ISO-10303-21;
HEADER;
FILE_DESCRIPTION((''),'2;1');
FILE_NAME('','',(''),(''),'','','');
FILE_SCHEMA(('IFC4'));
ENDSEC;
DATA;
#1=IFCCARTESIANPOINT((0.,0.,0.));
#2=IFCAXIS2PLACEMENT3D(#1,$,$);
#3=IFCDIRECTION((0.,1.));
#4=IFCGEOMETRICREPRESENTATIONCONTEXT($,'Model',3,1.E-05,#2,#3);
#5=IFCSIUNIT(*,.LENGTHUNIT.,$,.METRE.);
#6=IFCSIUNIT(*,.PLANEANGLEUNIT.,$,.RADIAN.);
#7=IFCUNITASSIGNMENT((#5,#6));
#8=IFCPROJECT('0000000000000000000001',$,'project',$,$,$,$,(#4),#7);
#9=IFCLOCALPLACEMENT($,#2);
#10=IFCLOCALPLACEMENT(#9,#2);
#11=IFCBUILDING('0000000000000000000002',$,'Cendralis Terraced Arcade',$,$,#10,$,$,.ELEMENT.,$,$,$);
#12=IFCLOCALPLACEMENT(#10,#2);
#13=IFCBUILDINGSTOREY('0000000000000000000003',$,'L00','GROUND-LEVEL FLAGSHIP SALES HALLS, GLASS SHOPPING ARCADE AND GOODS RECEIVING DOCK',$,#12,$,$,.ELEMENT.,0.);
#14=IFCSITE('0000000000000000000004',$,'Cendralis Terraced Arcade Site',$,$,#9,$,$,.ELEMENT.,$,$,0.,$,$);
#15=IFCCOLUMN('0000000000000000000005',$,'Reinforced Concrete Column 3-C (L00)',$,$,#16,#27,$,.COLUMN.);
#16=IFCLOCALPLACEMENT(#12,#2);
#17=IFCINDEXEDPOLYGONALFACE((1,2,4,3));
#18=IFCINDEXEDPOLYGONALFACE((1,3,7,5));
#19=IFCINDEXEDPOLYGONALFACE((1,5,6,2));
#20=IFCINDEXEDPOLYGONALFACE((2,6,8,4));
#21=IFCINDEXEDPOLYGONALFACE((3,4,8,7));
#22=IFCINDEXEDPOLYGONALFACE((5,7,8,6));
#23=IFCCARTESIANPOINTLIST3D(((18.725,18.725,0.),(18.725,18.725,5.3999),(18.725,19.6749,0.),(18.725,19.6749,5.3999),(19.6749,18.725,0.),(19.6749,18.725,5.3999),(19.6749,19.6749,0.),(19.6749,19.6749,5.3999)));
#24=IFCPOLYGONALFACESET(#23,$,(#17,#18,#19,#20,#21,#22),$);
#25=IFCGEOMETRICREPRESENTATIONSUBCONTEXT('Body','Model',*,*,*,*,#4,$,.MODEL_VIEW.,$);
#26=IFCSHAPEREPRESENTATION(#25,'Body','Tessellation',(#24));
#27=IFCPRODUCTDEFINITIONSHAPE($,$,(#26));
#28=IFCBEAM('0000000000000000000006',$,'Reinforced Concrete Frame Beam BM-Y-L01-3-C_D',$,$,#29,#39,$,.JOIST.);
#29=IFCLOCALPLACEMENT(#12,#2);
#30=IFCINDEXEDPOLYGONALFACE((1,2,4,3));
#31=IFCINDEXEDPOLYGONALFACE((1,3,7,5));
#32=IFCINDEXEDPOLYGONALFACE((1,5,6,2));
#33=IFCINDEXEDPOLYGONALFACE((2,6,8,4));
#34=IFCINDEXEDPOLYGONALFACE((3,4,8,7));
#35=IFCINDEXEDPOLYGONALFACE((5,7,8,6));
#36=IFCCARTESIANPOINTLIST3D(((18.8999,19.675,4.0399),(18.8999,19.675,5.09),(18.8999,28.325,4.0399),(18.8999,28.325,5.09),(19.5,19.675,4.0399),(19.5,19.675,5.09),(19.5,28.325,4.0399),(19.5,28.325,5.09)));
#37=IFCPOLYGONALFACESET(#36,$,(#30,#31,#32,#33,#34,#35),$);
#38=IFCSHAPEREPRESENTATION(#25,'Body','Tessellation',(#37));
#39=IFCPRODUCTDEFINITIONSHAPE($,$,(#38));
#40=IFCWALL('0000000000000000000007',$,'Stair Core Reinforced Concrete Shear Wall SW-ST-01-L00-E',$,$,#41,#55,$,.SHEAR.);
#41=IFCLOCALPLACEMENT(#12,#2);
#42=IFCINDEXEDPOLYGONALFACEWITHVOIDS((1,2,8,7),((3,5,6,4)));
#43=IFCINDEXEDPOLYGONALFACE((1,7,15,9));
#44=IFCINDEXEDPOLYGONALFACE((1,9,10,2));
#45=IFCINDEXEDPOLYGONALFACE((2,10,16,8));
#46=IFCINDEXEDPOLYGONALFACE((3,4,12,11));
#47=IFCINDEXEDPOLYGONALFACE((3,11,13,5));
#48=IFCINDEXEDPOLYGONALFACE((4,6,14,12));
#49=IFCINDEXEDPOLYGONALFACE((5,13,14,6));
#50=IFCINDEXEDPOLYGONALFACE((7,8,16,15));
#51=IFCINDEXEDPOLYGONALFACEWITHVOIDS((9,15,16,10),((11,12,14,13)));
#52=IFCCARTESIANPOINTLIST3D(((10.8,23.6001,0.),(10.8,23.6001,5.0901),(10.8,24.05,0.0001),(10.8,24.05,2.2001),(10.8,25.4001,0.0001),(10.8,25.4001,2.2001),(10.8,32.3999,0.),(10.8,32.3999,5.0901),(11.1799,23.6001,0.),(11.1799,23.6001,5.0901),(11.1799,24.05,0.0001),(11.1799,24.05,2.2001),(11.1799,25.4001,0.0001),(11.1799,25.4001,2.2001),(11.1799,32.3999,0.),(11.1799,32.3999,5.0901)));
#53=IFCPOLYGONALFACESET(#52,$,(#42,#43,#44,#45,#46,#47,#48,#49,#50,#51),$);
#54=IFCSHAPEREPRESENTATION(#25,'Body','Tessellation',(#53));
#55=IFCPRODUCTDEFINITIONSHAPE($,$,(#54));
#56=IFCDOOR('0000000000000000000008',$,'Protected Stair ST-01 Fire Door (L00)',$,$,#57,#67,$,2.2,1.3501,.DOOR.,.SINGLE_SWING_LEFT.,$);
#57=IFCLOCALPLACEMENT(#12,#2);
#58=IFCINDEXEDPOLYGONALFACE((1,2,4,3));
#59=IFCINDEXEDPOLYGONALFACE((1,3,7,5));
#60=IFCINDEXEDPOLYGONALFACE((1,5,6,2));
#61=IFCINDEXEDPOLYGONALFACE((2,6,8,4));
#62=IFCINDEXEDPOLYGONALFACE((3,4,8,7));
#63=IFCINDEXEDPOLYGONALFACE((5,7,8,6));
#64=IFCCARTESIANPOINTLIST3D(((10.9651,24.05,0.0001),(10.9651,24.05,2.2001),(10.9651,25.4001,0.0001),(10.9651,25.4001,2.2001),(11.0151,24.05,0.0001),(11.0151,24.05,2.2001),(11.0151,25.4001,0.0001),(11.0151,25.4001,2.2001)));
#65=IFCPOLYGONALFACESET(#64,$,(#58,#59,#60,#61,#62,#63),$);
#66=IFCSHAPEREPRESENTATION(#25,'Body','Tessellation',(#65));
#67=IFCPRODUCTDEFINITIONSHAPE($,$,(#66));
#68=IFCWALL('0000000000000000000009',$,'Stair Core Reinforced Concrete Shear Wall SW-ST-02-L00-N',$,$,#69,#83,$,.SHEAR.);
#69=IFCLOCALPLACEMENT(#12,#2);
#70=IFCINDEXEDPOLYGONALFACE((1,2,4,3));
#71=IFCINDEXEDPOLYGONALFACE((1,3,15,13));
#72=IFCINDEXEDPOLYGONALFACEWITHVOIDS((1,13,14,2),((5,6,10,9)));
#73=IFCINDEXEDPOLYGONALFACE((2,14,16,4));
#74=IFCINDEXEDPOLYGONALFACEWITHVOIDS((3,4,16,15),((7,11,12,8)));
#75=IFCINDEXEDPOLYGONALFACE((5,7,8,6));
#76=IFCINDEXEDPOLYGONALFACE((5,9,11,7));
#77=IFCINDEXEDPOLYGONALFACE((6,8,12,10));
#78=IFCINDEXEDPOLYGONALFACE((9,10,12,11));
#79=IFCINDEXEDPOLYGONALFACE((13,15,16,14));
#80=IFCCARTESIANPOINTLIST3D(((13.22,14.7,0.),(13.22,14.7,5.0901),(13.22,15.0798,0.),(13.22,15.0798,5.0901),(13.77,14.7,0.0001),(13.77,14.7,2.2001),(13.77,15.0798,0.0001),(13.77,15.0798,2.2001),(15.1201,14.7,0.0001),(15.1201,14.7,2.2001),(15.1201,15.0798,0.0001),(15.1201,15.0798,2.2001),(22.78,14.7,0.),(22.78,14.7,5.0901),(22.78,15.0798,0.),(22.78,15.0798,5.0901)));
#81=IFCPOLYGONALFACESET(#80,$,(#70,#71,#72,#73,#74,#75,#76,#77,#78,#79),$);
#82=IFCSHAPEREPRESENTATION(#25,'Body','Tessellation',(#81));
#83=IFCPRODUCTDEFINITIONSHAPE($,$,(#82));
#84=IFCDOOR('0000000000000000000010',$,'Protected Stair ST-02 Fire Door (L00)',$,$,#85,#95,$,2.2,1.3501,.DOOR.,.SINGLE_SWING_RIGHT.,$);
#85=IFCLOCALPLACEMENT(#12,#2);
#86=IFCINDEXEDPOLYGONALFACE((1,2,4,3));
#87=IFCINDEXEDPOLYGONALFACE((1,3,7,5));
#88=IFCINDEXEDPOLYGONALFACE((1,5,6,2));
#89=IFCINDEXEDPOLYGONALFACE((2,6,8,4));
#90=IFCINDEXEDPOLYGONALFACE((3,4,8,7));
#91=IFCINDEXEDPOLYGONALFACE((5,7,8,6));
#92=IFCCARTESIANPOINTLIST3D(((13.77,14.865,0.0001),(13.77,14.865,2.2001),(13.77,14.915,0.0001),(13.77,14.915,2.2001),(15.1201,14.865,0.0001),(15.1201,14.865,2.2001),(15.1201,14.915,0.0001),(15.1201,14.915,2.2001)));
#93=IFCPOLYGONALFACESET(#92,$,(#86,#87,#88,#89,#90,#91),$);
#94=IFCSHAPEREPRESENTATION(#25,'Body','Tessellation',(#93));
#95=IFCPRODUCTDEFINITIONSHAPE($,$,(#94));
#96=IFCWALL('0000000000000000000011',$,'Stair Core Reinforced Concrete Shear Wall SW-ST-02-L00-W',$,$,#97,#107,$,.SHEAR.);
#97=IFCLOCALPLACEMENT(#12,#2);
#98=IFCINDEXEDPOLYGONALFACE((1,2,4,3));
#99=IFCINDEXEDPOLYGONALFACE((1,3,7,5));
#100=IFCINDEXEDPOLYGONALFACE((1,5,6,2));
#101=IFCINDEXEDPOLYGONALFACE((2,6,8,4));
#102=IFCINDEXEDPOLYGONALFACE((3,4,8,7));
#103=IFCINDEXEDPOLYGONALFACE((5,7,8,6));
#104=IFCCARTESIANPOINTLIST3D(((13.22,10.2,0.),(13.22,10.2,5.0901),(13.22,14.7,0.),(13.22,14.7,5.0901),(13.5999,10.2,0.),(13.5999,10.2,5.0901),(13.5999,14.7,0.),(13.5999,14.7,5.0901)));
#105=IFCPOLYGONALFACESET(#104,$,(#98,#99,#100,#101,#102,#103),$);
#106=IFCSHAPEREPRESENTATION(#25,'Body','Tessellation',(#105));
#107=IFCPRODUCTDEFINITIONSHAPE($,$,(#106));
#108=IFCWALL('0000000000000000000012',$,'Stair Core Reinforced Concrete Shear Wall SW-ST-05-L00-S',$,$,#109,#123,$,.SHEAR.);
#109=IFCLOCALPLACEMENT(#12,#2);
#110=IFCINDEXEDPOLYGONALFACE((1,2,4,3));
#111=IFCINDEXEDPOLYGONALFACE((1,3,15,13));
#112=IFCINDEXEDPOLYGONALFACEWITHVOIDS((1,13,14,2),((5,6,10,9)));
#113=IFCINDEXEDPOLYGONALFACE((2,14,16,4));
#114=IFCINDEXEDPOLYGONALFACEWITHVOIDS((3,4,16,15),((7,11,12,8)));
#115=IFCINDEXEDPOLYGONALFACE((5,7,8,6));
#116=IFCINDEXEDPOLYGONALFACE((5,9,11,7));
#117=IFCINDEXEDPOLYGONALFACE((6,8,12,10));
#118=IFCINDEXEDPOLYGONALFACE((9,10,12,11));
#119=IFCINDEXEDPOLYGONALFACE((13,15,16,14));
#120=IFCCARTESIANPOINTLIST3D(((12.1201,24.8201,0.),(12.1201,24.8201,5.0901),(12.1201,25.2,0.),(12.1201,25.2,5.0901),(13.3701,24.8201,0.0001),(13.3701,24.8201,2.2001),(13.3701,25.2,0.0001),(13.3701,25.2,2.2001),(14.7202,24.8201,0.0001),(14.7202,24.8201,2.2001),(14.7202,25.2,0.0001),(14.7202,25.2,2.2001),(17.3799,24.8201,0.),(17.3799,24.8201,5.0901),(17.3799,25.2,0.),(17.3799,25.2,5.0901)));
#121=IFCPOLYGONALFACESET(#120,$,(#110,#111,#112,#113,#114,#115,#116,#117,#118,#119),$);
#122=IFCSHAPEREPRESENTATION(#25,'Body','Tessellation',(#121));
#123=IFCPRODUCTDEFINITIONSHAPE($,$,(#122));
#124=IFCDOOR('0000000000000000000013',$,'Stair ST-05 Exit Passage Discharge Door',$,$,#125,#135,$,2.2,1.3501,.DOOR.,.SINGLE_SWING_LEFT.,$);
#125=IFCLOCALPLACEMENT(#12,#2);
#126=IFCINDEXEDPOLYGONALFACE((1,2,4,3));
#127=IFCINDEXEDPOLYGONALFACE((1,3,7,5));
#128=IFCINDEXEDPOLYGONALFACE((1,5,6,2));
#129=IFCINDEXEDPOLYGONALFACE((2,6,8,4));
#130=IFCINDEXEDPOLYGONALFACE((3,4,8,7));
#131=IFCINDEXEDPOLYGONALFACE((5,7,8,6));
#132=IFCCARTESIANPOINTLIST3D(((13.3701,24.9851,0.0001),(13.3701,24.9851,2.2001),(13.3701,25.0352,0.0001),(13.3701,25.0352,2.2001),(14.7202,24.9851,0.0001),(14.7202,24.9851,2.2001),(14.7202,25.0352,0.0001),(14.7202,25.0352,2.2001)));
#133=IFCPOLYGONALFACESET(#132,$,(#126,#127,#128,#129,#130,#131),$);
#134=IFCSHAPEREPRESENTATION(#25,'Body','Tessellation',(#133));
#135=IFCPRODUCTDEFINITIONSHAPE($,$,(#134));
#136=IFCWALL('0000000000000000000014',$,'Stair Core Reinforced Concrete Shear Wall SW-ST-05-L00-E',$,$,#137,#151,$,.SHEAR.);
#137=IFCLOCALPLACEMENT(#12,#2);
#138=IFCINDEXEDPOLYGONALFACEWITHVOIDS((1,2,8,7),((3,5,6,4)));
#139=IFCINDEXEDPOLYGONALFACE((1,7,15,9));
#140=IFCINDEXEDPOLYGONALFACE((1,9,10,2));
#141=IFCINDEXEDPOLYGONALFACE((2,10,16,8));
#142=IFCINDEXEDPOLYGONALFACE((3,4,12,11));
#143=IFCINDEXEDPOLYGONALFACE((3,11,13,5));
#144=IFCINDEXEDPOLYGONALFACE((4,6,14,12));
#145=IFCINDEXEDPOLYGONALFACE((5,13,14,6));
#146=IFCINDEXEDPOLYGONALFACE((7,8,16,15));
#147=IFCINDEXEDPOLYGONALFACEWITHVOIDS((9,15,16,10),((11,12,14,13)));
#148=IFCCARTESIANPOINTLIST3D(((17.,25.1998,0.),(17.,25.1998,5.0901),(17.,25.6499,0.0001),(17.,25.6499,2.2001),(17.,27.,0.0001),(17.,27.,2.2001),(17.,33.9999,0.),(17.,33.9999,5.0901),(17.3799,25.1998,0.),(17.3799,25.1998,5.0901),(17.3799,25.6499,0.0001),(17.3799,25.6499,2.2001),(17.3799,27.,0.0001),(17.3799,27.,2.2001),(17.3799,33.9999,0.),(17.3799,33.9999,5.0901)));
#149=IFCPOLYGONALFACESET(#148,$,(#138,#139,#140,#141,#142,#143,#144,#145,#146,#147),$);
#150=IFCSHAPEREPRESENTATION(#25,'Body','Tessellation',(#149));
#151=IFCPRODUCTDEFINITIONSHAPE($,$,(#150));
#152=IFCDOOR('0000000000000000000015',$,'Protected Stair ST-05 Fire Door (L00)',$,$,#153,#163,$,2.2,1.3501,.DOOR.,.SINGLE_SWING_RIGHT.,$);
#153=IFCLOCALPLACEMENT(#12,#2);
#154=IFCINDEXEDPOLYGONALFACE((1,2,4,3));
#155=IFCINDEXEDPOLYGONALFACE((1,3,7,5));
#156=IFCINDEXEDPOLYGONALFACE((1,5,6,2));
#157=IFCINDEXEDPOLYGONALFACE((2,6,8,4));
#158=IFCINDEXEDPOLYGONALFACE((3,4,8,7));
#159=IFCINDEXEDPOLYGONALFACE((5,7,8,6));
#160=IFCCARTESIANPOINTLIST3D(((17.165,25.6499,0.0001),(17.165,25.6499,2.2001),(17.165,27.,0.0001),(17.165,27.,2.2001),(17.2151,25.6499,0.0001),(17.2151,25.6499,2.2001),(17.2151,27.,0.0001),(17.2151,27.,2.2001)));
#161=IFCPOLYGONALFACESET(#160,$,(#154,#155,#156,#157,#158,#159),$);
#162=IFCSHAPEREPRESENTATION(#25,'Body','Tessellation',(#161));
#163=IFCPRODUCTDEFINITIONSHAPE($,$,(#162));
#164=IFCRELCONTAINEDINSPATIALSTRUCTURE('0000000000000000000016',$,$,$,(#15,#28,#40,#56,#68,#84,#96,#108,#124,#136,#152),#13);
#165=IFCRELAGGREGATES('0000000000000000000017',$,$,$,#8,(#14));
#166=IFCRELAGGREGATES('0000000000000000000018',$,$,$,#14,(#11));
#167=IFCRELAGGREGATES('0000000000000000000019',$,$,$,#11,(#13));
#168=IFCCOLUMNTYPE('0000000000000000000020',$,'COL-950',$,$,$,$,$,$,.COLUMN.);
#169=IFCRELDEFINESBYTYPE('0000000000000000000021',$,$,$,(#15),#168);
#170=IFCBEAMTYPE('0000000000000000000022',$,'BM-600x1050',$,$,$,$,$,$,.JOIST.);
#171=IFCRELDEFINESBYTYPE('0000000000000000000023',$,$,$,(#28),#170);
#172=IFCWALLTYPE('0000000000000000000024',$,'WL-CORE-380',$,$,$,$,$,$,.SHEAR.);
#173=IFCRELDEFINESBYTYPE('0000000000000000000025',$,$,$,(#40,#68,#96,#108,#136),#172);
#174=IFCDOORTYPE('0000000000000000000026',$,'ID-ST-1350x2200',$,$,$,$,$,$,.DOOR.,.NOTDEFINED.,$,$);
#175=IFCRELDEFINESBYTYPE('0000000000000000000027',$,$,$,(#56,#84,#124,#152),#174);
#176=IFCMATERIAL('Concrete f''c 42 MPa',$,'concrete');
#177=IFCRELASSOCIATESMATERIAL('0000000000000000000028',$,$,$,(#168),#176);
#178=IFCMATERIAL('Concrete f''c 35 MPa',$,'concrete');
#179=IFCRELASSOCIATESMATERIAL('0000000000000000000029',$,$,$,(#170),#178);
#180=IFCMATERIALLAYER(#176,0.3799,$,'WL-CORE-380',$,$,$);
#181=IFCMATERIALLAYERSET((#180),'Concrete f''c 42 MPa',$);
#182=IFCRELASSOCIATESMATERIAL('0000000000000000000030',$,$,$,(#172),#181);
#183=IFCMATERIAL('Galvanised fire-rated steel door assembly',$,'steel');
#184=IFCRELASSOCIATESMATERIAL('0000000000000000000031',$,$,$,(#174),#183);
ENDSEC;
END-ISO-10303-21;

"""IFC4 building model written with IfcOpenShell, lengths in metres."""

from ifc_helpers import new_model, si_unit, direction, frame, frame_2d, origin, origin_2d, place, context, subcontext, project, spatial, rectangle, extrude, material, layer, layer_set, material_profile, profile_set, type_object, element, fill, save


model = new_model("IFC4")

# Units and contexts
model_context = context("Model", 3, precision=1e-05, world=origin(), true_north=direction((0.0, 1.0)))
body_context = subcontext(model_context, "Body", "Model", "MODEL_VIEW")
ifc_project = project(units=[si_unit("LENGTHUNIT", "METRE"), si_unit("PLANEANGLEUNIT", "RADIAN")], contexts=[model_context])

# Site, building, storey
site_placement = place(None, origin())
site = spatial("IfcSite", under=ifc_project, at=site_placement, Name="Cendralis Terraced Arcade Site", CompositionType="ELEMENT", RefElevation=0.0)
building_placement = place(site_placement, origin())
building = spatial("IfcBuilding", under=site, at=building_placement, Name="Cendralis Terraced Arcade", CompositionType="ELEMENT")
storey_placement = place(building_placement, origin())
storey = spatial("IfcBuildingStorey", under=building, at=storey_placement, Name="L00", Description="GROUND-LEVEL FLAGSHIP SALES HALLS, GLASS SHOPPING ARCADE AND GOODS RECEIVING DOCK", CompositionType="ELEMENT", Elevation=0.0)

# Column
ifc_material_1 = material(Name="Concrete f'c 42 MPa", Category="concrete")
ifc_material_profile_1 = material_profile(ifc_material_1, rectangle(XDim=0.95, YDim=0.95, at=origin_2d()), Name="RC-COL-950x950", Category="LoadBearing")
ifc_profile_set_1 = profile_set([ifc_material_profile_1], Name="Concrete f'c 42 MPa")
column_type = type_object("IfcColumnType", Name="COL-950", PredefinedType="COLUMN", material=ifc_profile_set_1)
column_placement = place(storey_placement, frame((19.2, 19.2, 0.0), z_axis=(0.0, 0.0, 1.0), x_axis=(1.0, 0.0, 0.0)))
element("IfcColumn", 1, at=column_placement, inside=storey, type_object=column_type, Name="Reinforced Concrete Column 3-C (L00)", PredefinedType="COLUMN", context=body_context, shape_type="SweptSolid", body=[
    extrude(rectangle(XDim=0.95, YDim=0.95, at=origin_2d()), origin(), (0.0, 0.0, 1.0), 5.3999),
])

# Beam
ifc_material_2 = material(Name="Concrete f'c 35 MPa", Category="concrete")
ifc_material_profile_2 = material_profile(ifc_material_2, rectangle(XDim=0.6001, YDim=1.05, at=origin_2d()), Name="RC-BM-600x1050", Category="LoadBearing")
ifc_profile_set_2 = profile_set([ifc_material_profile_2], Name="Concrete f'c 35 MPa")
beam_type = type_object("IfcBeamType", Name="BM-600x1050", PredefinedType="JOIST", material=ifc_profile_set_2)
beam_placement = place(storey_placement, frame((19.2, 19.675, 4.5649), z_axis=(0.0, 1.0, 0.0), x_axis=(-1.0, 0.0, 0.0)))
element("IfcBeam", 2, at=beam_placement, inside=storey, type_object=beam_type, Name="Reinforced Concrete Frame Beam BM-Y-L01-3-C_D", PredefinedType="JOIST", context=body_context, shape_type="SweptSolid", body=[
    extrude(rectangle(XDim=0.6001, YDim=1.05, at=origin_2d()), origin(), (0.0, 0.0, 1.0), 8.6499),
])

# Walls, openings, doors
ifc_layer_1 = layer(ifc_material_1, 0.3799, Name="WL-CORE-380")
ifc_layer_set_1 = layer_set([ifc_layer_1], Name="Concrete f'c 42 MPa")
wall_type_1 = type_object("IfcWallType", Name="WL-CORE-380", PredefinedType="SHEAR", material=ifc_layer_set_1)
wall_1_placement = place(storey_placement, frame((10.99, 23.6001, 0.0), z_axis=(0.0, 0.0, 1.0), x_axis=(0.0, 1.0, 0.0)))
wall_1 = element("IfcWall", 3, at=wall_1_placement, inside=storey, type_object=wall_type_1, Name="Stair Core Reinforced Concrete Shear Wall SW-ST-01-L00-E", PredefinedType="SHEAR", context=body_context, shape_type="SweptSolid", body=[
    extrude(rectangle(XDim=8.7998, YDim=0.3799, at=frame_2d((4.3999, 0.0))), origin(), (0.0, 0.0, 1.0), 5.0901),
])
opening_1_placement = place(wall_1_placement, frame((0.45, 0.0, 0.0)))
opening_1 = element("IfcOpeningElement", 4, at=opening_1_placement, cuts=wall_1, PredefinedType="OPENING", context=body_context, shape_type="SweptSolid", body=[
    extrude(rectangle(XDim=1.3501, YDim=2.2, at=frame_2d((0.675, 1.1001))), frame((0.0, 0.2019, 0.0), z_axis=(0.0, -1.0, 0.0), x_axis=(1.0, 0.0, 0.0)), (0.0, 0.0, 1.0), 0.4038),
])
ifc_material_3 = material(Name="Galvanised fire-rated steel door assembly", Category="steel")
door_type_1 = type_object("IfcDoorType", Name="ID-ST-1350x2200", OperationType="NOTDEFINED", PredefinedType="DOOR", material=ifc_material_3)
door_1_placement = place(opening_1_placement, origin())
door_1 = element("IfcDoor", 5, at=door_1_placement, inside=storey, type_object=door_type_1, Name="Protected Stair ST-01 Fire Door (L00)", OperationType="SINGLE_SWING_LEFT", OverallHeight=2.2, OverallWidth=1.3501, PredefinedType="DOOR", context=body_context, shape_type="SweptSolid", body=[
    extrude(rectangle(XDim=1.3501, YDim=2.2, at=frame_2d((0.675, 1.1001))), frame((0.0, 0.0249, 0.0), z_axis=(0.0, -1.0, 0.0), x_axis=(1.0, 0.0, 0.0)), (0.0, 0.0, 1.0), 0.05),
])
fill(opening_1, door_1)
wall_2_placement = place(storey_placement, frame((13.22, 14.8899, 0.0), z_axis=(0.0, 0.0, 1.0), x_axis=(1.0, 0.0, 0.0)))
wall_2 = element("IfcWall", 6, at=wall_2_placement, inside=storey, type_object=wall_type_1, Name="Stair Core Reinforced Concrete Shear Wall SW-ST-02-L00-N", PredefinedType="SHEAR", context=body_context, shape_type="SweptSolid", body=[
    extrude(rectangle(XDim=9.5601, YDim=0.3799, at=frame_2d((4.78, 0.0))), origin(), (0.0, 0.0, 1.0), 5.0901),
])
opening_2_placement = place(wall_2_placement, frame((0.55, 0.0, 0.0)))
opening_2 = element("IfcOpeningElement", 7, at=opening_2_placement, cuts=wall_2, PredefinedType="OPENING", context=body_context, shape_type="SweptSolid", body=[
    extrude(rectangle(XDim=1.3501, YDim=2.2, at=frame_2d((0.675, 1.1001))), frame((0.0, 0.2019, 0.0), z_axis=(0.0, -1.0, 0.0), x_axis=(1.0, 0.0, 0.0)), (0.0, 0.0, 1.0), 0.4038),
])
door_2_placement = place(opening_2_placement, frame((1.3501, 0.0, 0.0), z_axis=(0.0, 0.0, 1.0), x_axis=(-1.0, 0.0, 0.0)))
door_2 = element("IfcDoor", 8, at=door_2_placement, inside=storey, type_object=door_type_1, Name="Protected Stair ST-02 Fire Door (L00)", OperationType="SINGLE_SWING_RIGHT", OverallHeight=2.2, OverallWidth=1.3501, PredefinedType="DOOR", context=body_context, shape_type="SweptSolid", body=[
    extrude(rectangle(XDim=1.3501, YDim=2.2, at=frame_2d((0.675, 1.1001))), frame((0.0, 0.0249, 0.0), z_axis=(0.0, -1.0, 0.0), x_axis=(1.0, 0.0, 0.0)), (0.0, 0.0, 1.0), 0.05),
])
fill(opening_2, door_2)

# Wall
wall_3_placement = place(storey_placement, frame((13.4099, 10.2, 0.0), z_axis=(0.0, 0.0, 1.0), x_axis=(0.0, 1.0, 0.0)))
element("IfcWall", 9, at=wall_3_placement, inside=storey, type_object=wall_type_1, Name="Stair Core Reinforced Concrete Shear Wall SW-ST-02-L00-W", PredefinedType="SHEAR", context=body_context, shape_type="SweptSolid", body=[
    extrude(rectangle(XDim=4.5, YDim=0.3799, at=frame_2d((2.25, 0.0))), origin(), (0.0, 0.0, 1.0), 5.0901),
])

# Walls, openings, doors
wall_4_placement = place(storey_placement, frame((12.1201, 25.01, 0.0), z_axis=(0.0, 0.0, 1.0), x_axis=(1.0, 0.0, 0.0)))
wall_4 = element("IfcWall", 10, at=wall_4_placement, inside=storey, type_object=wall_type_1, Name="Stair Core Reinforced Concrete Shear Wall SW-ST-05-L00-S", PredefinedType="SHEAR", context=body_context, shape_type="SweptSolid", body=[
    extrude(rectangle(XDim=5.2598, YDim=0.3799, at=frame_2d((2.6299, 0.0))), origin(), (0.0, 0.0, 1.0), 5.0901),
])
opening_3_placement = place(wall_4_placement, frame((1.25, 0.0, 0.0)))
opening_3 = element("IfcOpeningElement", 11, at=opening_3_placement, cuts=wall_4, PredefinedType="OPENING", context=body_context, shape_type="SweptSolid", body=[
    extrude(rectangle(XDim=1.3501, YDim=2.2, at=frame_2d((0.675, 1.1001))), frame((0.0, 0.2019, 0.0), z_axis=(0.0, -1.0, 0.0), x_axis=(1.0, 0.0, 0.0)), (0.0, 0.0, 1.0), 0.4038),
])
door_3_placement = place(opening_3_placement, frame((1.3501, 0.0, 0.0), z_axis=(0.0, 0.0, 1.0), x_axis=(-1.0, 0.0, 0.0)))
door_3 = element("IfcDoor", 12, at=door_3_placement, inside=storey, type_object=door_type_1, Name="Stair ST-05 Exit Passage Discharge Door", OperationType="SINGLE_SWING_LEFT", OverallHeight=2.2, OverallWidth=1.3501, PredefinedType="DOOR", context=body_context, shape_type="SweptSolid", body=[
    extrude(rectangle(XDim=1.3501, YDim=2.2, at=frame_2d((0.675, 1.1001))), frame((0.0, 0.0249, 0.0), z_axis=(0.0, -1.0, 0.0), x_axis=(1.0, 0.0, 0.0)), (0.0, 0.0, 1.0), 0.05),
])
fill(opening_3, door_3)
wall_5_placement = place(storey_placement, frame((17.1899, 25.2, 0.0), z_axis=(0.0, 0.0, 1.0), x_axis=(0.0, 1.0, 0.0)))
wall_5 = element("IfcWall", 13, at=wall_5_placement, inside=storey, type_object=wall_type_1, Name="Stair Core Reinforced Concrete Shear Wall SW-ST-05-L00-E", PredefinedType="SHEAR", context=body_context, shape_type="SweptSolid", body=[
    extrude(rectangle(XDim=8.8, YDim=0.3799, at=frame_2d((4.3999, 0.0))), origin(), (0.0, 0.0, 1.0), 5.0901),
])
opening_4_placement = place(wall_5_placement, frame((0.45, 0.0, 0.0)))
opening_4 = element("IfcOpeningElement", 14, at=opening_4_placement, cuts=wall_5, PredefinedType="OPENING", context=body_context, shape_type="SweptSolid", body=[
    extrude(rectangle(XDim=1.3501, YDim=2.2, at=frame_2d((0.675, 1.1001))), frame((0.0, 0.2019, 0.0), z_axis=(0.0, -1.0, 0.0), x_axis=(1.0, 0.0, 0.0)), (0.0, 0.0, 1.0), 0.4038),
])
door_4_placement = place(opening_4_placement, origin())
door_4 = element("IfcDoor", 15, at=door_4_placement, inside=storey, type_object=door_type_1, Name="Protected Stair ST-05 Fire Door (L00)", OperationType="SINGLE_SWING_RIGHT", OverallHeight=2.2, OverallWidth=1.3501, PredefinedType="DOOR", context=body_context, shape_type="SweptSolid", body=[
    extrude(rectangle(XDim=1.3501, YDim=2.2, at=frame_2d((0.675, 1.1001))), frame((0.0, 0.0249, 0.0), z_axis=(0.0, -1.0, 0.0), x_axis=(1.0, 0.0, 0.0)), (0.0, 0.0, 1.0), 0.05),
])
fill(opening_4, door_4)

save(model, "model.ifc")
